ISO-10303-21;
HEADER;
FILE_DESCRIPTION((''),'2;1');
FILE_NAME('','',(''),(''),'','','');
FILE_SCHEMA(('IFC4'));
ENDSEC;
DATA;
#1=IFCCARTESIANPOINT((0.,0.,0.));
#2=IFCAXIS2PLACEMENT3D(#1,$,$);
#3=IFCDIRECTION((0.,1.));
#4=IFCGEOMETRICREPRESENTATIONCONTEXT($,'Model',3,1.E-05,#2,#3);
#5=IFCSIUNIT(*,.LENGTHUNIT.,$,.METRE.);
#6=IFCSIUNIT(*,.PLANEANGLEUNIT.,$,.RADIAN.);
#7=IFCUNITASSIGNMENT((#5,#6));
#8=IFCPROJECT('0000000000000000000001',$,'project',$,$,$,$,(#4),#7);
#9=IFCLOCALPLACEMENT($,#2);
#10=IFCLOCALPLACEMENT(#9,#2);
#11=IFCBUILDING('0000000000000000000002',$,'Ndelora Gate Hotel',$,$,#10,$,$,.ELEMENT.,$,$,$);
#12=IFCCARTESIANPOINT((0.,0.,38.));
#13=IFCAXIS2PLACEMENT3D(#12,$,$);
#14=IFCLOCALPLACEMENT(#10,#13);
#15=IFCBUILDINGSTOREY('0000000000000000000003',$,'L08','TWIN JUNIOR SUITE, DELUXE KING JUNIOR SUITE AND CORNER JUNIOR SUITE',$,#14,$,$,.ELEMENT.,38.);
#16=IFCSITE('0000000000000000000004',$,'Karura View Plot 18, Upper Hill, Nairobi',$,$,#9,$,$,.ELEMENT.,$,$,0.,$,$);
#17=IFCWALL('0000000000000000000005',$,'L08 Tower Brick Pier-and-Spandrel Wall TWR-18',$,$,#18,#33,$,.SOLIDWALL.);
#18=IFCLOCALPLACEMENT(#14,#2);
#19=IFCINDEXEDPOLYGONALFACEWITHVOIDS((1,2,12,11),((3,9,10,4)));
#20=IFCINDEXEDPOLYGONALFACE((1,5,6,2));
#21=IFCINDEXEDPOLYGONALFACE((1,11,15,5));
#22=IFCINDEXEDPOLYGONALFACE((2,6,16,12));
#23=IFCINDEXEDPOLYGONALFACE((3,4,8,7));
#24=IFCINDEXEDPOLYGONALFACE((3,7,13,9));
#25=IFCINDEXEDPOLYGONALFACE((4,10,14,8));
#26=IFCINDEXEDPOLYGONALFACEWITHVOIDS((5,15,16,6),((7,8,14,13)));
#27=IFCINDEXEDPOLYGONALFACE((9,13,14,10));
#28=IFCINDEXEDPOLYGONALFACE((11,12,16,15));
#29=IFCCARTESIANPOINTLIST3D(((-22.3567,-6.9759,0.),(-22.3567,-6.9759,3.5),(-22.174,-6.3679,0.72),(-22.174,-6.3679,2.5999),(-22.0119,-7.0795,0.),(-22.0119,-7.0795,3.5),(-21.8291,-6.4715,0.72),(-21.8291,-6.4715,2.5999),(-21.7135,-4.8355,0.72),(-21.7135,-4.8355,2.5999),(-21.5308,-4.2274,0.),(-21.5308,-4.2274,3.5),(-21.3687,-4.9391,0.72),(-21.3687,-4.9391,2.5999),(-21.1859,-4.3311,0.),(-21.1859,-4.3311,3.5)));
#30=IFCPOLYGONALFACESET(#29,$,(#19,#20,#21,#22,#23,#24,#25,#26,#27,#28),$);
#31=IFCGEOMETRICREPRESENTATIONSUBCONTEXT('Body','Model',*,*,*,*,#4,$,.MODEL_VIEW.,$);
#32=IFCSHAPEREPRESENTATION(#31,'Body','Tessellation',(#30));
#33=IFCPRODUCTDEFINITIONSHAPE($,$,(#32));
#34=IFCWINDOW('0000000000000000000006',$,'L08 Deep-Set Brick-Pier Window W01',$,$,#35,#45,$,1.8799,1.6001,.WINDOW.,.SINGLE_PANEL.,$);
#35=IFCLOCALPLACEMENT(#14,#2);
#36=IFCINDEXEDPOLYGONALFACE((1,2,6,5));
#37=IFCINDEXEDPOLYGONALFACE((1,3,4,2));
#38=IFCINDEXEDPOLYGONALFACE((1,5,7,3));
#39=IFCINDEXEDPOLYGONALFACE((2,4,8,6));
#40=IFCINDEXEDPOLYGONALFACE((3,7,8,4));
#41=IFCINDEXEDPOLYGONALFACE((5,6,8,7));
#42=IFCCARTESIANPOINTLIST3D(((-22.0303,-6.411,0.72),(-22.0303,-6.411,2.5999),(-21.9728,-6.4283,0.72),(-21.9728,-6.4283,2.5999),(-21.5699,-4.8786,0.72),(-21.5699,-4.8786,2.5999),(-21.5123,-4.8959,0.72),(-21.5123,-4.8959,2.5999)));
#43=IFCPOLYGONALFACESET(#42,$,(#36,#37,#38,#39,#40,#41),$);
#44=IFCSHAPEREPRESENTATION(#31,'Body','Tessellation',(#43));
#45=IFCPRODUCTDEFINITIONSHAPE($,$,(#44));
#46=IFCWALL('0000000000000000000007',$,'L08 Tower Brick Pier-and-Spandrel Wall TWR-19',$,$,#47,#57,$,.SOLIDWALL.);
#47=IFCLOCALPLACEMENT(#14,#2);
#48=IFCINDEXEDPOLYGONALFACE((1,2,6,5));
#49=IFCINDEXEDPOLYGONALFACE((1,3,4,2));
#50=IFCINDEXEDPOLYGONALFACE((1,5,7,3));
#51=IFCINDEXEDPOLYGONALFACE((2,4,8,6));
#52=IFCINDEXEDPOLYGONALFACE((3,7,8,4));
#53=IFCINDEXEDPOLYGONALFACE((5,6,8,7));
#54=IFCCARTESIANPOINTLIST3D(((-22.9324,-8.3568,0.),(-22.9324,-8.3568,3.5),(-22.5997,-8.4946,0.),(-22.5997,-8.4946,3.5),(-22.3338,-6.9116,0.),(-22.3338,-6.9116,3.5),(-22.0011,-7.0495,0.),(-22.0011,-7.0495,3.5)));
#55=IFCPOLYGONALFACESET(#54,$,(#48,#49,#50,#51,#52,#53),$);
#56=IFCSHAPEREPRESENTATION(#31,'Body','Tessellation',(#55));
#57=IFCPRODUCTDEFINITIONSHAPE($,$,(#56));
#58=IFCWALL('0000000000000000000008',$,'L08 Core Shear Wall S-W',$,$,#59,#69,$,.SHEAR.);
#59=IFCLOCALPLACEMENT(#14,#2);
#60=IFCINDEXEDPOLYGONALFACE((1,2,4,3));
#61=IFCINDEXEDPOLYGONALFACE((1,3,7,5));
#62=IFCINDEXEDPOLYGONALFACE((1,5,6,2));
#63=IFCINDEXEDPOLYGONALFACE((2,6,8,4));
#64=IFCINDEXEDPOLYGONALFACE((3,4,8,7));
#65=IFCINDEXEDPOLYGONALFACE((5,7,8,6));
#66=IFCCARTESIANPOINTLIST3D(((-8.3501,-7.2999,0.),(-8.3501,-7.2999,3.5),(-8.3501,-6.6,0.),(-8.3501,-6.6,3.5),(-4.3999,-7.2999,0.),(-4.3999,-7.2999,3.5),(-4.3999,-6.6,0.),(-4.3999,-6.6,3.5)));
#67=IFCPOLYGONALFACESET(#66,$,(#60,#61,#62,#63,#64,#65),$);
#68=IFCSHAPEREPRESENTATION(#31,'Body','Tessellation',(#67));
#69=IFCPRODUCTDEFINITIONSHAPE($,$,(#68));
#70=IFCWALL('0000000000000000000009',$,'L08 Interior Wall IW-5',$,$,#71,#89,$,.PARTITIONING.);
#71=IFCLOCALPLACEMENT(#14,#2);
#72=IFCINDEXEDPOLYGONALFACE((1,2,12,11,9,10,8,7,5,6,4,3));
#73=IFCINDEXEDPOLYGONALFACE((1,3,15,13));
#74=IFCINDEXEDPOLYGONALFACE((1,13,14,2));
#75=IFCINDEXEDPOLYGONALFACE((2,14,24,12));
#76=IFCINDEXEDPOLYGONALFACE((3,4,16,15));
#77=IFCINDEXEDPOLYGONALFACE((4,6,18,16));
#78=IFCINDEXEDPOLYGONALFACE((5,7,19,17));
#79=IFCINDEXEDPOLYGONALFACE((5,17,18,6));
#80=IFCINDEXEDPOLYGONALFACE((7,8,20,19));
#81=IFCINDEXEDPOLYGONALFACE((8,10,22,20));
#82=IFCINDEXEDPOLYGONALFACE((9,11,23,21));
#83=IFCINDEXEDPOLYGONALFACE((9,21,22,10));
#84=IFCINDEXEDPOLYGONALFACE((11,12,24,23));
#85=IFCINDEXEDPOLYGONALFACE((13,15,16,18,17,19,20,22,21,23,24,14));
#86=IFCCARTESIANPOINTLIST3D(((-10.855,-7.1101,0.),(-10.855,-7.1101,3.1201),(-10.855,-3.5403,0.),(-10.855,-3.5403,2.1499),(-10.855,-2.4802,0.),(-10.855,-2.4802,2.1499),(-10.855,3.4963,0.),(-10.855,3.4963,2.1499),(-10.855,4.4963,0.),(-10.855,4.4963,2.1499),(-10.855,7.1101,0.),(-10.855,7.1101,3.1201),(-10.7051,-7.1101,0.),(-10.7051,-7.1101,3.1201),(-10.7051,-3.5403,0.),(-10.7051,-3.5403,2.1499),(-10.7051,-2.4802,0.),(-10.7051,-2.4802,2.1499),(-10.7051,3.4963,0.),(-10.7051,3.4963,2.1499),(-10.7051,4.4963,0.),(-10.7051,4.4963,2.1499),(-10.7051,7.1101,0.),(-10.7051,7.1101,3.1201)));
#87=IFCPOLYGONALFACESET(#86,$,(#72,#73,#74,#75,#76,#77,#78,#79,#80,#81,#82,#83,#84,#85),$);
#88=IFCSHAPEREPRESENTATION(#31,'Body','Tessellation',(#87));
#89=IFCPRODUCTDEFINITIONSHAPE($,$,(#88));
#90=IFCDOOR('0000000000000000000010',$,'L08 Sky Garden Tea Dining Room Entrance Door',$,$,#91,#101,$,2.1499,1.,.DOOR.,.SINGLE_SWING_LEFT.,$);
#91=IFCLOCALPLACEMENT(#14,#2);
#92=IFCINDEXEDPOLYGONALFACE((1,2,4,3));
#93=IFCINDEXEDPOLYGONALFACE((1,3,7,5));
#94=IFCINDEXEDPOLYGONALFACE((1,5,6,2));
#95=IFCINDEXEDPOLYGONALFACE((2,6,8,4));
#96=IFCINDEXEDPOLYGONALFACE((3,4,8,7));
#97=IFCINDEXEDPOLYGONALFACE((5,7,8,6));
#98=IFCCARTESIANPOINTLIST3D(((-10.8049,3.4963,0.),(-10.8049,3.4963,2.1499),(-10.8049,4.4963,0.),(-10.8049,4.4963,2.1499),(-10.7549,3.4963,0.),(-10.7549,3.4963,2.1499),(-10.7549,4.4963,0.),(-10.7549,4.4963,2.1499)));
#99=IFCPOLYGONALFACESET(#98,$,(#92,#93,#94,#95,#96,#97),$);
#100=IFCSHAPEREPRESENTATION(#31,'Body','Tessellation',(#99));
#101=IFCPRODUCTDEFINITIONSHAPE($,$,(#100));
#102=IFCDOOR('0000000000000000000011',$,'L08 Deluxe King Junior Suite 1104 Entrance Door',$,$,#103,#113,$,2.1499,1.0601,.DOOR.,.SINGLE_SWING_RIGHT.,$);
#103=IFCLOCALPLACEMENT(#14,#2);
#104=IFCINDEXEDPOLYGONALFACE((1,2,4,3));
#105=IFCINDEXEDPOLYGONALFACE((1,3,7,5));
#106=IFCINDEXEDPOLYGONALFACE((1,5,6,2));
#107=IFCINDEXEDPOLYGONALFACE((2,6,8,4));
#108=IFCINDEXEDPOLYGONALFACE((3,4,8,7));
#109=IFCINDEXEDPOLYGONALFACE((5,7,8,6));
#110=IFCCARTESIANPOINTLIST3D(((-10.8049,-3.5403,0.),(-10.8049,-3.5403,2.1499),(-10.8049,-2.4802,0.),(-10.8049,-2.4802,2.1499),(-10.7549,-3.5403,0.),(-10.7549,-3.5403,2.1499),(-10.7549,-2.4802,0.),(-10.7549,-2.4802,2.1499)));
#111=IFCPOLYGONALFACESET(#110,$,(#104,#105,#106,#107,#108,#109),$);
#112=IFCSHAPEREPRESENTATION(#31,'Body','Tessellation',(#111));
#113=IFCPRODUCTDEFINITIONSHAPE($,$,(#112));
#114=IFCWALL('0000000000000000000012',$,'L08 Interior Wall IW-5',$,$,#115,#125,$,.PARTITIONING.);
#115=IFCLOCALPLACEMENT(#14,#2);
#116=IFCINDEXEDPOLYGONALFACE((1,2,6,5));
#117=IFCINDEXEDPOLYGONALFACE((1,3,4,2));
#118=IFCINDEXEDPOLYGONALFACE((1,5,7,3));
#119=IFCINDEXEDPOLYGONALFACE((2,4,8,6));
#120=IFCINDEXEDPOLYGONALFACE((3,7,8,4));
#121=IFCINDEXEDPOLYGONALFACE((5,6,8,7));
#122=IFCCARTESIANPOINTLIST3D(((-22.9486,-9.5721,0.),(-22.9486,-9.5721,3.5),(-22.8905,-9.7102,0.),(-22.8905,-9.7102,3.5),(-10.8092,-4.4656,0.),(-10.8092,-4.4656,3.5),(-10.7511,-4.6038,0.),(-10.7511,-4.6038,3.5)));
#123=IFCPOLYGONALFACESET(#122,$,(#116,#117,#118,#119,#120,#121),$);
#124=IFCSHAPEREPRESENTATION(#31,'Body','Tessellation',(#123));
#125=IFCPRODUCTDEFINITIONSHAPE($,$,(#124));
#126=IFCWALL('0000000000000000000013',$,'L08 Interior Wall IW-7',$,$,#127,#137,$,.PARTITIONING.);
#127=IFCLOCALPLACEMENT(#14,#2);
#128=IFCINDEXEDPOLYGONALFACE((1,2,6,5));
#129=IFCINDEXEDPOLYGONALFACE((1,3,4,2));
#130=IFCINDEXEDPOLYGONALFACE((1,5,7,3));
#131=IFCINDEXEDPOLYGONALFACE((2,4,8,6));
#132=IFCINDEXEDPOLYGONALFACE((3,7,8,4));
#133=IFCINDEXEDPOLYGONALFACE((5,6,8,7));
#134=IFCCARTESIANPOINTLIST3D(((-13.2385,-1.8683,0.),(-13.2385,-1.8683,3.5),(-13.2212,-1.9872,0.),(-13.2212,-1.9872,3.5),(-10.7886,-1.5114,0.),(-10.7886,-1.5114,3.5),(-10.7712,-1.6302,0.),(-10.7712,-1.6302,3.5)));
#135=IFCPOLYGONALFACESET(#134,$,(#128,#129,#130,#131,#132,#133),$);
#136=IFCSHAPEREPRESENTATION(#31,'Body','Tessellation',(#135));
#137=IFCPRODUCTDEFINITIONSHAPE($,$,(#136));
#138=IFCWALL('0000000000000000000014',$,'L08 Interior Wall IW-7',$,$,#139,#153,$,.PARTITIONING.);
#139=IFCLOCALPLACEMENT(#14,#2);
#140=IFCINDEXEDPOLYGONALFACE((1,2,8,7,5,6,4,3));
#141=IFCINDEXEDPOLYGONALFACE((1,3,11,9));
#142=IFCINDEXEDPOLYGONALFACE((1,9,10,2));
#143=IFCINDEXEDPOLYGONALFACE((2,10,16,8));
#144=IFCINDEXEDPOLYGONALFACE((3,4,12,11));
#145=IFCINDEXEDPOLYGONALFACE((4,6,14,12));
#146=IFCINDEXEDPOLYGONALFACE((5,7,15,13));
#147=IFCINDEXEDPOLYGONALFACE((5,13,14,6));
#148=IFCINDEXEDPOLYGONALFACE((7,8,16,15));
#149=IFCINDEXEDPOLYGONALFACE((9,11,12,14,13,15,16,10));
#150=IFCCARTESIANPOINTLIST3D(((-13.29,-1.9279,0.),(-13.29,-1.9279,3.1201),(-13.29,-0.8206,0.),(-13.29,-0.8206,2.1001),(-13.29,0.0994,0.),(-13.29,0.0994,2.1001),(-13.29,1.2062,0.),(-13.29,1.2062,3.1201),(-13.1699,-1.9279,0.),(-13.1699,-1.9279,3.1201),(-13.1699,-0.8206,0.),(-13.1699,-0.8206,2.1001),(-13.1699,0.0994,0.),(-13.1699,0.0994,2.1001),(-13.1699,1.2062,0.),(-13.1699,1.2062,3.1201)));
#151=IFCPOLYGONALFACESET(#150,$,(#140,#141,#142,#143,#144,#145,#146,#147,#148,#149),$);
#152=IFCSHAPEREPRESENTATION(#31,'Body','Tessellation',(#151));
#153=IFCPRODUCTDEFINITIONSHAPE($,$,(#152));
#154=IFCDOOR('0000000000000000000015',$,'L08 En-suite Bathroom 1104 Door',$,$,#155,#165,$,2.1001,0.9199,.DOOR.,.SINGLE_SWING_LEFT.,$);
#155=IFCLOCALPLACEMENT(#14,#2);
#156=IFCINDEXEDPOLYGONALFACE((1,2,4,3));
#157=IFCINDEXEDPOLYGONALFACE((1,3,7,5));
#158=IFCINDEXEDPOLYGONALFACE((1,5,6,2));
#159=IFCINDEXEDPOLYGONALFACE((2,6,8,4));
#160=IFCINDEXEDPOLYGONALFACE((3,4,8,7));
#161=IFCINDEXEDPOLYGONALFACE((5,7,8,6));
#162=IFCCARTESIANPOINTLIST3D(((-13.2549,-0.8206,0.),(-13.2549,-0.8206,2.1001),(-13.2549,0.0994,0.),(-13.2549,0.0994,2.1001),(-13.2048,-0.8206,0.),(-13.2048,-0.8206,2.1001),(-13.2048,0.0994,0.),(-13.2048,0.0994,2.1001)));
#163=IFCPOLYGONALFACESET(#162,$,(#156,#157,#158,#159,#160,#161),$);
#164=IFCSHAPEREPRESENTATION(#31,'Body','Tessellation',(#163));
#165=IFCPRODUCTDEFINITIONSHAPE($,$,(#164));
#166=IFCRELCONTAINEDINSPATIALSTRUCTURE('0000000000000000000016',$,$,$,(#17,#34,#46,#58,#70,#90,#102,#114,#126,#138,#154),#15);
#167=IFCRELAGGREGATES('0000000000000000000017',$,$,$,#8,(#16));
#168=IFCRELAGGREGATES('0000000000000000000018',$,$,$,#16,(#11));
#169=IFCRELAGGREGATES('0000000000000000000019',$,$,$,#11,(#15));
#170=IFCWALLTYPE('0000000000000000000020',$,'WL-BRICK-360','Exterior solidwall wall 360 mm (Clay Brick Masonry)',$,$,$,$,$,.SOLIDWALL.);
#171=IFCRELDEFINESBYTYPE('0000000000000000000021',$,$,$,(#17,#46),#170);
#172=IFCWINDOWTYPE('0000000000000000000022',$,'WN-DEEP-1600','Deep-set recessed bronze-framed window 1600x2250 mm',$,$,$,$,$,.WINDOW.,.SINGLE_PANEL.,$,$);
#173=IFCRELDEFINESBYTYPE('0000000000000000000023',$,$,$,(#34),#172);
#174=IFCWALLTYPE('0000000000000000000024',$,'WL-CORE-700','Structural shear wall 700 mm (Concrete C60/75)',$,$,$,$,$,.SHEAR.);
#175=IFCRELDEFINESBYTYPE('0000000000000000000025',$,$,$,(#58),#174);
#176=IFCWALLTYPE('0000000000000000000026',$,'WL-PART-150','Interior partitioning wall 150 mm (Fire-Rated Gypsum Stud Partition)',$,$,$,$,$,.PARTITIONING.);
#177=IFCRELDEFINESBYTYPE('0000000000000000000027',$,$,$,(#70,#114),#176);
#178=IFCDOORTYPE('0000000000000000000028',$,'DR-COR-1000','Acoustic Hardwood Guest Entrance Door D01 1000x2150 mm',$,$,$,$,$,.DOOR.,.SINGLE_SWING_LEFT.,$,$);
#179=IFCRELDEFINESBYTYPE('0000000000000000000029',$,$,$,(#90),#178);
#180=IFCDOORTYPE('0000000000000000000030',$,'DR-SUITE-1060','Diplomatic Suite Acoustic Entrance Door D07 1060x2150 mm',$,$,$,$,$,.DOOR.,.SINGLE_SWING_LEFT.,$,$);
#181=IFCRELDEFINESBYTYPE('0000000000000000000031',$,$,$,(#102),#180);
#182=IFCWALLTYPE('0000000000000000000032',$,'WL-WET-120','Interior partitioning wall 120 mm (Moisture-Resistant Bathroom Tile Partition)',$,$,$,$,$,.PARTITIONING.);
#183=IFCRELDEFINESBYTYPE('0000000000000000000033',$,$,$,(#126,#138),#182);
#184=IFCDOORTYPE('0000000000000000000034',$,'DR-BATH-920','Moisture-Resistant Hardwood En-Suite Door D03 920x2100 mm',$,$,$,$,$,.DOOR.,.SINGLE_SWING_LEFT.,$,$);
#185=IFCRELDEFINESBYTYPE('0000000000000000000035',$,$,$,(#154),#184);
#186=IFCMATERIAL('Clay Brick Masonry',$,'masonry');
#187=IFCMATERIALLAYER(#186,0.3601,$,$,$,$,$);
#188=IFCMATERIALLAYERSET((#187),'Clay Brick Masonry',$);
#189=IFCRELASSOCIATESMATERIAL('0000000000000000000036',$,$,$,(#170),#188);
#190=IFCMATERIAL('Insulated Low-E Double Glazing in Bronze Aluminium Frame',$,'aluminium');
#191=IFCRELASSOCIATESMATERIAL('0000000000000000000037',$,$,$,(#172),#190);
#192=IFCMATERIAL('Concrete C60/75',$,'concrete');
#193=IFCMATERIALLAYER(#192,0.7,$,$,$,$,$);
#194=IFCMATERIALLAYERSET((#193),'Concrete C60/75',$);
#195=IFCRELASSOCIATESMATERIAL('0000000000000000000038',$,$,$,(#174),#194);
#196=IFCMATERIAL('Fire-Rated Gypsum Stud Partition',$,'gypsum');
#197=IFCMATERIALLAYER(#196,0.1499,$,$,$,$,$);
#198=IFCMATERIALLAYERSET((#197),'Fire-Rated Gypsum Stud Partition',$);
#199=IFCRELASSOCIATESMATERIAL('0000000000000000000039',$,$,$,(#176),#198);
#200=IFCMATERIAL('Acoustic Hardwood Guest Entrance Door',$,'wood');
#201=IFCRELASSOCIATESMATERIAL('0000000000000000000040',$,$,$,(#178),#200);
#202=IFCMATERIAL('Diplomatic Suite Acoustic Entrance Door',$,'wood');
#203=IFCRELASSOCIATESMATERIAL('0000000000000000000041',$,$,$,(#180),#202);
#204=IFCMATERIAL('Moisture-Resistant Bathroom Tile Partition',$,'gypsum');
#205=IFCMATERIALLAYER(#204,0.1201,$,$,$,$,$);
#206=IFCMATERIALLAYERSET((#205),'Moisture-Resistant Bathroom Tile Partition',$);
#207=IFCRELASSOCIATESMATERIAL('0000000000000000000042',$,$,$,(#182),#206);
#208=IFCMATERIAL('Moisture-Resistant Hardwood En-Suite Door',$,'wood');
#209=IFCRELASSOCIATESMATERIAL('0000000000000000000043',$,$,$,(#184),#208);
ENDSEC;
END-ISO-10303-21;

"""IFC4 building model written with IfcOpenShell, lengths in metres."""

from ifc_helpers import new_model, si_unit, direction, frame, frame_2d, origin, place, context, subcontext, project, spatial, rectangle, extrude, material, layer, layer_set, type_object, element, fill, save


model = new_model("IFC4")

# Units and contexts
model_context = context("Model", 3, precision=1e-05, world=origin(), true_north=direction((0.0, 1.0)))
body_context = subcontext(model_context, "Body", "Model", "MODEL_VIEW")
ifc_project = project(units=[si_unit("LENGTHUNIT", "METRE"), si_unit("PLANEANGLEUNIT", "RADIAN")], contexts=[model_context])

# Site, building, storey
site_placement = place(None, origin())
site = spatial("IfcSite", under=ifc_project, at=site_placement, Name="Karura View Plot 18, Upper Hill, Nairobi", CompositionType="ELEMENT", RefElevation=0.0)
building_placement = place(site_placement, origin())
building = spatial("IfcBuilding", under=site, at=building_placement, Name="Ndelora Gate Hotel", CompositionType="ELEMENT")
storey_placement = place(building_placement, frame((0.0, 0.0, 38.0)))
storey = spatial("IfcBuildingStorey", under=building, at=storey_placement, Name="L08", Description="TWIN JUNIOR SUITE, DELUXE KING JUNIOR SUITE AND CORNER JUNIOR SUITE", CompositionType="ELEMENT", Elevation=38.0)

# Shared definitions
ifc_material_1 = material(Name="Concrete C60/75", Category="concrete")

# Wall, opening, window
ifc_material_2 = material(Name="Clay Brick Masonry", Category="masonry")
ifc_layer_1 = layer(ifc_material_2, 0.3601)
ifc_layer_set_1 = layer_set([ifc_layer_1], Name="Clay Brick Masonry")
wall_type_1 = type_object("IfcWallType", Name="WL-BRICK-360", Description="Exterior solidwall wall 360 mm (Clay Brick Masonry)", PredefinedType="SOLIDWALL", material=ifc_layer_set_1)
ifc_material_3 = material(Name="Insulated Low-E Double Glazing in Bronze Aluminium Frame", Category="aluminium")
window_type_1 = type_object("IfcWindowType", Name="WN-DEEP-1600", Description="Deep-set recessed bronze-framed window 1600x2250 mm", PartitioningType="SINGLE_PANEL", PredefinedType="WINDOW", material=ifc_material_3)
wall_1_placement = place(storey_placement, frame((-22.1843, -7.0278, 0.0), z_axis=(0.0, 0.0, 1.0), x_axis=(0.287785, 0.957695, 0.0)))
wall_1 = element("IfcWall", 1, at=wall_1_placement, inside=storey, type_object=wall_type_1, Name="L08 Tower Brick Pier-and-Spandrel Wall TWR-18", PredefinedType="SOLIDWALL", context=body_context, shape_type="SweptSolid", body=[
    extrude(rectangle(XDim=2.8699, YDim=0.3601, at=frame_2d((1.4351, 0.0))), origin(), (0.0, 0.0, 1.0), 3.5),
])
opening_1_placement = place(wall_1_placement, frame((0.635, 0.0, 0.72)))
opening_1 = element("IfcOpeningElement", 2, at=opening_1_placement, cuts=wall_1, PredefinedType="OPENING", context=body_context, shape_type="SweptSolid", body=[
    extrude(rectangle(XDim=1.6001, YDim=1.8799, at=frame_2d((0.8, 0.9399))), frame((0.0, 0.1899, 0.0), z_axis=(0.0, -1.0, 0.0), x_axis=(1.0, 0.0, 0.0)), (0.0, 0.0, 1.0), 0.3801),
])
window_1_placement = place(opening_1_placement, origin())
window_1 = element("IfcWindow", 3, at=window_1_placement, inside=storey, type_object=window_type_1, Name="L08 Deep-Set Brick-Pier Window W01", OverallHeight=1.8799, OverallWidth=1.6001, PartitioningType="SINGLE_PANEL", PredefinedType="WINDOW", context=body_context, shape_type="SweptSolid", body=[
    extrude(rectangle(XDim=1.6001, YDim=1.8799, at=frame_2d((0.8, 0.9399))), frame((0.0, 0.03, 0.0), z_axis=(0.0, -1.0, 0.0), x_axis=(1.0, 0.0, 0.0)), (0.0, 0.0, 1.0), 0.0601),
])
fill(opening_1, window_1)

# Walls
wall_2_placement = place(storey_placement, frame((-22.7661, -8.4258, 0.0), z_axis=(0.0, 0.0, 1.0), x_axis=(0.382719, 0.923865, 0.0)))
element("IfcWall", 4, at=wall_2_placement, inside=storey, type_object=wall_type_1, Name="L08 Tower Brick Pier-and-Spandrel Wall TWR-19", PredefinedType="SOLIDWALL", context=body_context, shape_type="SweptSolid", body=[
    extrude(rectangle(XDim=1.5642, YDim=0.3601, at=frame_2d((0.7822, 0.0))), origin(), (0.0, 0.0, 1.0), 3.5),
])
ifc_layer_2 = layer(ifc_material_1, 0.7)
ifc_layer_set_2 = layer_set([ifc_layer_2], Name="Concrete C60/75")
wall_type_2 = type_object("IfcWallType", Name="WL-CORE-700", Description="Structural shear wall 700 mm (Concrete C60/75)", PredefinedType="SHEAR", material=ifc_layer_set_2)
wall_3_placement = place(storey_placement, frame((-8.3501, -6.95, 0.0), z_axis=(0.0, 0.0, 1.0), x_axis=(1.0, 0.0, 0.0)))
element("IfcWall", 5, at=wall_3_placement, inside=storey, type_object=wall_type_2, Name="L08 Core Shear Wall S-W", PredefinedType="SHEAR", context=body_context, shape_type="SweptSolid", body=[
    extrude(rectangle(XDim=3.9502, YDim=0.7, at=frame_2d((1.9751, 0.0))), origin(), (0.0, 0.0, 1.0), 3.5),
])

# Wall, openings, doors
ifc_material_4 = material(Name="Fire-Rated Gypsum Stud Partition", Category="gypsum")
ifc_layer_3 = layer(ifc_material_4, 0.1499)
ifc_layer_set_3 = layer_set([ifc_layer_3], Name="Fire-Rated Gypsum Stud Partition")
wall_type_3 = type_object("IfcWallType", Name="WL-PART-150", Description="Interior partitioning wall 150 mm (Fire-Rated Gypsum Stud Partition)", PredefinedType="PARTITIONING", material=ifc_layer_set_3)
wall_4_placement = place(storey_placement, frame((-10.78, -7.1101, 0.0), z_axis=(0.0, 0.0, 1.0), x_axis=(0.0, 1.0, 0.0)))
wall_4 = element("IfcWall", 6, at=wall_4_placement, inside=storey, type_object=wall_type_3, Name="L08 Interior Wall IW-5", PredefinedType="PARTITIONING", context=body_context, shape_type="SweptSolid", body=[
    extrude(rectangle(XDim=14.2202, YDim=0.1499, at=frame_2d((7.1101, 0.0))), origin(), (0.0, 0.0, 1.0), 3.1201),
])
opening_2_placement = place(wall_4_placement, frame((10.6064, 0.0, 0.0)))
opening_2 = element("IfcOpeningElement", 7, at=opening_2_placement, cuts=wall_4, PredefinedType="OPENING", context=body_context, shape_type="SweptSolid", body=[
    extrude(rectangle(XDim=1.0, YDim=2.1499, at=frame_2d((0.5, 1.075))), frame((0.0, 0.085, 0.0), z_axis=(0.0, -1.0, 0.0), x_axis=(1.0, 0.0, 0.0)), (0.0, 0.0, 1.0), 0.1699),
])
opening_3_placement = place(wall_4_placement, frame((3.5698, 0.0, 0.0)))
opening_3 = element("IfcOpeningElement", 8, at=opening_3_placement, cuts=wall_4, PredefinedType="OPENING", context=body_context, shape_type="SweptSolid", body=[
    extrude(rectangle(XDim=1.0601, YDim=2.1499, at=frame_2d((0.53, 1.075))), frame((0.0, 0.085, 0.0), z_axis=(0.0, -1.0, 0.0), x_axis=(1.0, 0.0, 0.0)), (0.0, 0.0, 1.0), 0.1699),
])
ifc_material_5 = material(Name="Acoustic Hardwood Guest Entrance Door", Category="wood")
door_type_1 = type_object("IfcDoorType", Name="DR-COR-1000", Description="Acoustic Hardwood Guest Entrance Door D01 1000x2150 mm", OperationType="SINGLE_SWING_LEFT", PredefinedType="DOOR", material=ifc_material_5)
door_1_placement = place(opening_2_placement, origin())
door_1 = element("IfcDoor", 9, at=door_1_placement, inside=storey, type_object=door_type_1, Name="L08 Sky Garden Tea Dining Room Entrance Door", OperationType="SINGLE_SWING_LEFT", OverallHeight=2.1499, OverallWidth=1.0, PredefinedType="DOOR", context=body_context, shape_type="SweptSolid", body=[
    extrude(rectangle(XDim=1.0, YDim=2.1499, at=frame_2d((0.5, 1.075))), frame((0.0, 0.0249, 0.0), z_axis=(0.0, -1.0, 0.0), x_axis=(1.0, 0.0, 0.0)), (0.0, 0.0, 1.0), 0.05),
])
fill(opening_2, door_1)
ifc_material_6 = material(Name="Diplomatic Suite Acoustic Entrance Door", Category="wood")
door_type_2 = type_object("IfcDoorType", Name="DR-SUITE-1060", Description="Diplomatic Suite Acoustic Entrance Door D07 1060x2150 mm", OperationType="SINGLE_SWING_LEFT", PredefinedType="DOOR", material=ifc_material_6)
door_2_placement = place(opening_3_placement, origin())
door_2 = element("IfcDoor", 10, at=door_2_placement, inside=storey, type_object=door_type_2, Name="L08 Deluxe King Junior Suite 1104 Entrance Door", OperationType="SINGLE_SWING_RIGHT", OverallHeight=2.1499, OverallWidth=1.0601, PredefinedType="DOOR", context=body_context, shape_type="SweptSolid", body=[
    extrude(rectangle(XDim=1.0601, YDim=2.1499, at=frame_2d((0.53, 1.075))), frame((0.0, 0.0249, 0.0), z_axis=(0.0, -1.0, 0.0), x_axis=(1.0, 0.0, 0.0)), (0.0, 0.0, 1.0), 0.05),
])
fill(opening_3, door_2)

# Walls
wall_5_placement = place(storey_placement, frame((-10.78, -4.5347, 0.0), z_axis=(0.0, 0.0, 1.0), x_axis=(-0.921768, -0.387742, 0.0)))
element("IfcWall", 11, at=wall_5_placement, inside=storey, type_object=wall_type_3, Name="L08 Interior Wall IW-5", PredefinedType="PARTITIONING", context=body_context, shape_type="SweptSolid", body=[
    extrude(rectangle(XDim=13.1697, YDim=0.1499, at=frame_2d((6.585, 0.0))), origin(), (0.0, 0.0, 1.0), 3.5),
])
ifc_material_7 = material(Name="Moisture-Resistant Bathroom Tile Partition", Category="gypsum")
ifc_layer_4 = layer(ifc_material_7, 0.1201)
ifc_layer_set_4 = layer_set([ifc_layer_4], Name="Moisture-Resistant Bathroom Tile Partition")
wall_type_4 = type_object("IfcWallType", Name="WL-WET-120", Description="Interior partitioning wall 120 mm (Moisture-Resistant Bathroom Tile Partition)", PredefinedType="PARTITIONING", material=ifc_layer_set_4)
wall_6_placement = place(storey_placement, frame((-10.78, -1.5708, 0.0), z_axis=(0.0, 0.0, 1.0), x_axis=(-0.989553, -0.144168, 0.0)))
element("IfcWall", 12, at=wall_6_placement, inside=storey, type_object=wall_type_4, Name="L08 Interior Wall IW-7", PredefinedType="PARTITIONING", context=body_context, shape_type="SweptSolid", body=[
    extrude(rectangle(XDim=2.4758, YDim=0.1201, at=frame_2d((1.2378, 0.0))), origin(), (0.0, 0.0, 1.0), 3.5),
])

# Wall, opening, door
wall_7_placement = place(storey_placement, frame((-13.23, -1.9277, 0.0), z_axis=(0.0, 0.0, 1.0), x_axis=(0.0, 1.0, 0.0)))
wall_7 = element("IfcWall", 13, at=wall_7_placement, inside=storey, type_object=wall_type_4, Name="L08 Interior Wall IW-7", PredefinedType="PARTITIONING", context=body_context, shape_type="SweptSolid", body=[
    extrude(rectangle(XDim=3.134, YDim=0.1201, at=frame_2d((1.5669, 0.0))), origin(), (0.0, 0.0, 1.0), 3.1201),
])
opening_4_placement = place(wall_7_placement, frame((1.1072, 0.0, 0.0)))
opening_4 = element("IfcOpeningElement", 14, at=opening_4_placement, cuts=wall_7, PredefinedType="OPENING", context=body_context, shape_type="SweptSolid", body=[
    extrude(rectangle(XDim=0.9199, YDim=2.1001, at=frame_2d((0.46, 1.05))), frame((0.0, 0.0701, 0.0), z_axis=(0.0, -1.0, 0.0), x_axis=(1.0, 0.0, 0.0)), (0.0, 0.0, 1.0), 0.1401),
])
ifc_material_8 = material(Name="Moisture-Resistant Hardwood En-Suite Door", Category="wood")
door_type_3 = type_object("IfcDoorType", Name="DR-BATH-920", Description="Moisture-Resistant Hardwood En-Suite Door D03 920x2100 mm", OperationType="SINGLE_SWING_LEFT", PredefinedType="DOOR", material=ifc_material_8)
door_3_placement = place(opening_4_placement, origin())
door_3 = element("IfcDoor", 15, at=door_3_placement, inside=storey, type_object=door_type_3, Name="L08 En-suite Bathroom 1104 Door", OperationType="SINGLE_SWING_LEFT", OverallHeight=2.1001, OverallWidth=0.9199, PredefinedType="DOOR", context=body_context, shape_type="SweptSolid", body=[
    extrude(rectangle(XDim=0.9199, YDim=2.1001, at=frame_2d((0.46, 1.05))), frame((0.0, 0.0249, 0.0), z_axis=(0.0, -1.0, 0.0), x_axis=(1.0, 0.0, 0.0)), (0.0, 0.0, 1.0), 0.05),
])
fill(opening_4, door_3)

save(model, "model.ifc")
